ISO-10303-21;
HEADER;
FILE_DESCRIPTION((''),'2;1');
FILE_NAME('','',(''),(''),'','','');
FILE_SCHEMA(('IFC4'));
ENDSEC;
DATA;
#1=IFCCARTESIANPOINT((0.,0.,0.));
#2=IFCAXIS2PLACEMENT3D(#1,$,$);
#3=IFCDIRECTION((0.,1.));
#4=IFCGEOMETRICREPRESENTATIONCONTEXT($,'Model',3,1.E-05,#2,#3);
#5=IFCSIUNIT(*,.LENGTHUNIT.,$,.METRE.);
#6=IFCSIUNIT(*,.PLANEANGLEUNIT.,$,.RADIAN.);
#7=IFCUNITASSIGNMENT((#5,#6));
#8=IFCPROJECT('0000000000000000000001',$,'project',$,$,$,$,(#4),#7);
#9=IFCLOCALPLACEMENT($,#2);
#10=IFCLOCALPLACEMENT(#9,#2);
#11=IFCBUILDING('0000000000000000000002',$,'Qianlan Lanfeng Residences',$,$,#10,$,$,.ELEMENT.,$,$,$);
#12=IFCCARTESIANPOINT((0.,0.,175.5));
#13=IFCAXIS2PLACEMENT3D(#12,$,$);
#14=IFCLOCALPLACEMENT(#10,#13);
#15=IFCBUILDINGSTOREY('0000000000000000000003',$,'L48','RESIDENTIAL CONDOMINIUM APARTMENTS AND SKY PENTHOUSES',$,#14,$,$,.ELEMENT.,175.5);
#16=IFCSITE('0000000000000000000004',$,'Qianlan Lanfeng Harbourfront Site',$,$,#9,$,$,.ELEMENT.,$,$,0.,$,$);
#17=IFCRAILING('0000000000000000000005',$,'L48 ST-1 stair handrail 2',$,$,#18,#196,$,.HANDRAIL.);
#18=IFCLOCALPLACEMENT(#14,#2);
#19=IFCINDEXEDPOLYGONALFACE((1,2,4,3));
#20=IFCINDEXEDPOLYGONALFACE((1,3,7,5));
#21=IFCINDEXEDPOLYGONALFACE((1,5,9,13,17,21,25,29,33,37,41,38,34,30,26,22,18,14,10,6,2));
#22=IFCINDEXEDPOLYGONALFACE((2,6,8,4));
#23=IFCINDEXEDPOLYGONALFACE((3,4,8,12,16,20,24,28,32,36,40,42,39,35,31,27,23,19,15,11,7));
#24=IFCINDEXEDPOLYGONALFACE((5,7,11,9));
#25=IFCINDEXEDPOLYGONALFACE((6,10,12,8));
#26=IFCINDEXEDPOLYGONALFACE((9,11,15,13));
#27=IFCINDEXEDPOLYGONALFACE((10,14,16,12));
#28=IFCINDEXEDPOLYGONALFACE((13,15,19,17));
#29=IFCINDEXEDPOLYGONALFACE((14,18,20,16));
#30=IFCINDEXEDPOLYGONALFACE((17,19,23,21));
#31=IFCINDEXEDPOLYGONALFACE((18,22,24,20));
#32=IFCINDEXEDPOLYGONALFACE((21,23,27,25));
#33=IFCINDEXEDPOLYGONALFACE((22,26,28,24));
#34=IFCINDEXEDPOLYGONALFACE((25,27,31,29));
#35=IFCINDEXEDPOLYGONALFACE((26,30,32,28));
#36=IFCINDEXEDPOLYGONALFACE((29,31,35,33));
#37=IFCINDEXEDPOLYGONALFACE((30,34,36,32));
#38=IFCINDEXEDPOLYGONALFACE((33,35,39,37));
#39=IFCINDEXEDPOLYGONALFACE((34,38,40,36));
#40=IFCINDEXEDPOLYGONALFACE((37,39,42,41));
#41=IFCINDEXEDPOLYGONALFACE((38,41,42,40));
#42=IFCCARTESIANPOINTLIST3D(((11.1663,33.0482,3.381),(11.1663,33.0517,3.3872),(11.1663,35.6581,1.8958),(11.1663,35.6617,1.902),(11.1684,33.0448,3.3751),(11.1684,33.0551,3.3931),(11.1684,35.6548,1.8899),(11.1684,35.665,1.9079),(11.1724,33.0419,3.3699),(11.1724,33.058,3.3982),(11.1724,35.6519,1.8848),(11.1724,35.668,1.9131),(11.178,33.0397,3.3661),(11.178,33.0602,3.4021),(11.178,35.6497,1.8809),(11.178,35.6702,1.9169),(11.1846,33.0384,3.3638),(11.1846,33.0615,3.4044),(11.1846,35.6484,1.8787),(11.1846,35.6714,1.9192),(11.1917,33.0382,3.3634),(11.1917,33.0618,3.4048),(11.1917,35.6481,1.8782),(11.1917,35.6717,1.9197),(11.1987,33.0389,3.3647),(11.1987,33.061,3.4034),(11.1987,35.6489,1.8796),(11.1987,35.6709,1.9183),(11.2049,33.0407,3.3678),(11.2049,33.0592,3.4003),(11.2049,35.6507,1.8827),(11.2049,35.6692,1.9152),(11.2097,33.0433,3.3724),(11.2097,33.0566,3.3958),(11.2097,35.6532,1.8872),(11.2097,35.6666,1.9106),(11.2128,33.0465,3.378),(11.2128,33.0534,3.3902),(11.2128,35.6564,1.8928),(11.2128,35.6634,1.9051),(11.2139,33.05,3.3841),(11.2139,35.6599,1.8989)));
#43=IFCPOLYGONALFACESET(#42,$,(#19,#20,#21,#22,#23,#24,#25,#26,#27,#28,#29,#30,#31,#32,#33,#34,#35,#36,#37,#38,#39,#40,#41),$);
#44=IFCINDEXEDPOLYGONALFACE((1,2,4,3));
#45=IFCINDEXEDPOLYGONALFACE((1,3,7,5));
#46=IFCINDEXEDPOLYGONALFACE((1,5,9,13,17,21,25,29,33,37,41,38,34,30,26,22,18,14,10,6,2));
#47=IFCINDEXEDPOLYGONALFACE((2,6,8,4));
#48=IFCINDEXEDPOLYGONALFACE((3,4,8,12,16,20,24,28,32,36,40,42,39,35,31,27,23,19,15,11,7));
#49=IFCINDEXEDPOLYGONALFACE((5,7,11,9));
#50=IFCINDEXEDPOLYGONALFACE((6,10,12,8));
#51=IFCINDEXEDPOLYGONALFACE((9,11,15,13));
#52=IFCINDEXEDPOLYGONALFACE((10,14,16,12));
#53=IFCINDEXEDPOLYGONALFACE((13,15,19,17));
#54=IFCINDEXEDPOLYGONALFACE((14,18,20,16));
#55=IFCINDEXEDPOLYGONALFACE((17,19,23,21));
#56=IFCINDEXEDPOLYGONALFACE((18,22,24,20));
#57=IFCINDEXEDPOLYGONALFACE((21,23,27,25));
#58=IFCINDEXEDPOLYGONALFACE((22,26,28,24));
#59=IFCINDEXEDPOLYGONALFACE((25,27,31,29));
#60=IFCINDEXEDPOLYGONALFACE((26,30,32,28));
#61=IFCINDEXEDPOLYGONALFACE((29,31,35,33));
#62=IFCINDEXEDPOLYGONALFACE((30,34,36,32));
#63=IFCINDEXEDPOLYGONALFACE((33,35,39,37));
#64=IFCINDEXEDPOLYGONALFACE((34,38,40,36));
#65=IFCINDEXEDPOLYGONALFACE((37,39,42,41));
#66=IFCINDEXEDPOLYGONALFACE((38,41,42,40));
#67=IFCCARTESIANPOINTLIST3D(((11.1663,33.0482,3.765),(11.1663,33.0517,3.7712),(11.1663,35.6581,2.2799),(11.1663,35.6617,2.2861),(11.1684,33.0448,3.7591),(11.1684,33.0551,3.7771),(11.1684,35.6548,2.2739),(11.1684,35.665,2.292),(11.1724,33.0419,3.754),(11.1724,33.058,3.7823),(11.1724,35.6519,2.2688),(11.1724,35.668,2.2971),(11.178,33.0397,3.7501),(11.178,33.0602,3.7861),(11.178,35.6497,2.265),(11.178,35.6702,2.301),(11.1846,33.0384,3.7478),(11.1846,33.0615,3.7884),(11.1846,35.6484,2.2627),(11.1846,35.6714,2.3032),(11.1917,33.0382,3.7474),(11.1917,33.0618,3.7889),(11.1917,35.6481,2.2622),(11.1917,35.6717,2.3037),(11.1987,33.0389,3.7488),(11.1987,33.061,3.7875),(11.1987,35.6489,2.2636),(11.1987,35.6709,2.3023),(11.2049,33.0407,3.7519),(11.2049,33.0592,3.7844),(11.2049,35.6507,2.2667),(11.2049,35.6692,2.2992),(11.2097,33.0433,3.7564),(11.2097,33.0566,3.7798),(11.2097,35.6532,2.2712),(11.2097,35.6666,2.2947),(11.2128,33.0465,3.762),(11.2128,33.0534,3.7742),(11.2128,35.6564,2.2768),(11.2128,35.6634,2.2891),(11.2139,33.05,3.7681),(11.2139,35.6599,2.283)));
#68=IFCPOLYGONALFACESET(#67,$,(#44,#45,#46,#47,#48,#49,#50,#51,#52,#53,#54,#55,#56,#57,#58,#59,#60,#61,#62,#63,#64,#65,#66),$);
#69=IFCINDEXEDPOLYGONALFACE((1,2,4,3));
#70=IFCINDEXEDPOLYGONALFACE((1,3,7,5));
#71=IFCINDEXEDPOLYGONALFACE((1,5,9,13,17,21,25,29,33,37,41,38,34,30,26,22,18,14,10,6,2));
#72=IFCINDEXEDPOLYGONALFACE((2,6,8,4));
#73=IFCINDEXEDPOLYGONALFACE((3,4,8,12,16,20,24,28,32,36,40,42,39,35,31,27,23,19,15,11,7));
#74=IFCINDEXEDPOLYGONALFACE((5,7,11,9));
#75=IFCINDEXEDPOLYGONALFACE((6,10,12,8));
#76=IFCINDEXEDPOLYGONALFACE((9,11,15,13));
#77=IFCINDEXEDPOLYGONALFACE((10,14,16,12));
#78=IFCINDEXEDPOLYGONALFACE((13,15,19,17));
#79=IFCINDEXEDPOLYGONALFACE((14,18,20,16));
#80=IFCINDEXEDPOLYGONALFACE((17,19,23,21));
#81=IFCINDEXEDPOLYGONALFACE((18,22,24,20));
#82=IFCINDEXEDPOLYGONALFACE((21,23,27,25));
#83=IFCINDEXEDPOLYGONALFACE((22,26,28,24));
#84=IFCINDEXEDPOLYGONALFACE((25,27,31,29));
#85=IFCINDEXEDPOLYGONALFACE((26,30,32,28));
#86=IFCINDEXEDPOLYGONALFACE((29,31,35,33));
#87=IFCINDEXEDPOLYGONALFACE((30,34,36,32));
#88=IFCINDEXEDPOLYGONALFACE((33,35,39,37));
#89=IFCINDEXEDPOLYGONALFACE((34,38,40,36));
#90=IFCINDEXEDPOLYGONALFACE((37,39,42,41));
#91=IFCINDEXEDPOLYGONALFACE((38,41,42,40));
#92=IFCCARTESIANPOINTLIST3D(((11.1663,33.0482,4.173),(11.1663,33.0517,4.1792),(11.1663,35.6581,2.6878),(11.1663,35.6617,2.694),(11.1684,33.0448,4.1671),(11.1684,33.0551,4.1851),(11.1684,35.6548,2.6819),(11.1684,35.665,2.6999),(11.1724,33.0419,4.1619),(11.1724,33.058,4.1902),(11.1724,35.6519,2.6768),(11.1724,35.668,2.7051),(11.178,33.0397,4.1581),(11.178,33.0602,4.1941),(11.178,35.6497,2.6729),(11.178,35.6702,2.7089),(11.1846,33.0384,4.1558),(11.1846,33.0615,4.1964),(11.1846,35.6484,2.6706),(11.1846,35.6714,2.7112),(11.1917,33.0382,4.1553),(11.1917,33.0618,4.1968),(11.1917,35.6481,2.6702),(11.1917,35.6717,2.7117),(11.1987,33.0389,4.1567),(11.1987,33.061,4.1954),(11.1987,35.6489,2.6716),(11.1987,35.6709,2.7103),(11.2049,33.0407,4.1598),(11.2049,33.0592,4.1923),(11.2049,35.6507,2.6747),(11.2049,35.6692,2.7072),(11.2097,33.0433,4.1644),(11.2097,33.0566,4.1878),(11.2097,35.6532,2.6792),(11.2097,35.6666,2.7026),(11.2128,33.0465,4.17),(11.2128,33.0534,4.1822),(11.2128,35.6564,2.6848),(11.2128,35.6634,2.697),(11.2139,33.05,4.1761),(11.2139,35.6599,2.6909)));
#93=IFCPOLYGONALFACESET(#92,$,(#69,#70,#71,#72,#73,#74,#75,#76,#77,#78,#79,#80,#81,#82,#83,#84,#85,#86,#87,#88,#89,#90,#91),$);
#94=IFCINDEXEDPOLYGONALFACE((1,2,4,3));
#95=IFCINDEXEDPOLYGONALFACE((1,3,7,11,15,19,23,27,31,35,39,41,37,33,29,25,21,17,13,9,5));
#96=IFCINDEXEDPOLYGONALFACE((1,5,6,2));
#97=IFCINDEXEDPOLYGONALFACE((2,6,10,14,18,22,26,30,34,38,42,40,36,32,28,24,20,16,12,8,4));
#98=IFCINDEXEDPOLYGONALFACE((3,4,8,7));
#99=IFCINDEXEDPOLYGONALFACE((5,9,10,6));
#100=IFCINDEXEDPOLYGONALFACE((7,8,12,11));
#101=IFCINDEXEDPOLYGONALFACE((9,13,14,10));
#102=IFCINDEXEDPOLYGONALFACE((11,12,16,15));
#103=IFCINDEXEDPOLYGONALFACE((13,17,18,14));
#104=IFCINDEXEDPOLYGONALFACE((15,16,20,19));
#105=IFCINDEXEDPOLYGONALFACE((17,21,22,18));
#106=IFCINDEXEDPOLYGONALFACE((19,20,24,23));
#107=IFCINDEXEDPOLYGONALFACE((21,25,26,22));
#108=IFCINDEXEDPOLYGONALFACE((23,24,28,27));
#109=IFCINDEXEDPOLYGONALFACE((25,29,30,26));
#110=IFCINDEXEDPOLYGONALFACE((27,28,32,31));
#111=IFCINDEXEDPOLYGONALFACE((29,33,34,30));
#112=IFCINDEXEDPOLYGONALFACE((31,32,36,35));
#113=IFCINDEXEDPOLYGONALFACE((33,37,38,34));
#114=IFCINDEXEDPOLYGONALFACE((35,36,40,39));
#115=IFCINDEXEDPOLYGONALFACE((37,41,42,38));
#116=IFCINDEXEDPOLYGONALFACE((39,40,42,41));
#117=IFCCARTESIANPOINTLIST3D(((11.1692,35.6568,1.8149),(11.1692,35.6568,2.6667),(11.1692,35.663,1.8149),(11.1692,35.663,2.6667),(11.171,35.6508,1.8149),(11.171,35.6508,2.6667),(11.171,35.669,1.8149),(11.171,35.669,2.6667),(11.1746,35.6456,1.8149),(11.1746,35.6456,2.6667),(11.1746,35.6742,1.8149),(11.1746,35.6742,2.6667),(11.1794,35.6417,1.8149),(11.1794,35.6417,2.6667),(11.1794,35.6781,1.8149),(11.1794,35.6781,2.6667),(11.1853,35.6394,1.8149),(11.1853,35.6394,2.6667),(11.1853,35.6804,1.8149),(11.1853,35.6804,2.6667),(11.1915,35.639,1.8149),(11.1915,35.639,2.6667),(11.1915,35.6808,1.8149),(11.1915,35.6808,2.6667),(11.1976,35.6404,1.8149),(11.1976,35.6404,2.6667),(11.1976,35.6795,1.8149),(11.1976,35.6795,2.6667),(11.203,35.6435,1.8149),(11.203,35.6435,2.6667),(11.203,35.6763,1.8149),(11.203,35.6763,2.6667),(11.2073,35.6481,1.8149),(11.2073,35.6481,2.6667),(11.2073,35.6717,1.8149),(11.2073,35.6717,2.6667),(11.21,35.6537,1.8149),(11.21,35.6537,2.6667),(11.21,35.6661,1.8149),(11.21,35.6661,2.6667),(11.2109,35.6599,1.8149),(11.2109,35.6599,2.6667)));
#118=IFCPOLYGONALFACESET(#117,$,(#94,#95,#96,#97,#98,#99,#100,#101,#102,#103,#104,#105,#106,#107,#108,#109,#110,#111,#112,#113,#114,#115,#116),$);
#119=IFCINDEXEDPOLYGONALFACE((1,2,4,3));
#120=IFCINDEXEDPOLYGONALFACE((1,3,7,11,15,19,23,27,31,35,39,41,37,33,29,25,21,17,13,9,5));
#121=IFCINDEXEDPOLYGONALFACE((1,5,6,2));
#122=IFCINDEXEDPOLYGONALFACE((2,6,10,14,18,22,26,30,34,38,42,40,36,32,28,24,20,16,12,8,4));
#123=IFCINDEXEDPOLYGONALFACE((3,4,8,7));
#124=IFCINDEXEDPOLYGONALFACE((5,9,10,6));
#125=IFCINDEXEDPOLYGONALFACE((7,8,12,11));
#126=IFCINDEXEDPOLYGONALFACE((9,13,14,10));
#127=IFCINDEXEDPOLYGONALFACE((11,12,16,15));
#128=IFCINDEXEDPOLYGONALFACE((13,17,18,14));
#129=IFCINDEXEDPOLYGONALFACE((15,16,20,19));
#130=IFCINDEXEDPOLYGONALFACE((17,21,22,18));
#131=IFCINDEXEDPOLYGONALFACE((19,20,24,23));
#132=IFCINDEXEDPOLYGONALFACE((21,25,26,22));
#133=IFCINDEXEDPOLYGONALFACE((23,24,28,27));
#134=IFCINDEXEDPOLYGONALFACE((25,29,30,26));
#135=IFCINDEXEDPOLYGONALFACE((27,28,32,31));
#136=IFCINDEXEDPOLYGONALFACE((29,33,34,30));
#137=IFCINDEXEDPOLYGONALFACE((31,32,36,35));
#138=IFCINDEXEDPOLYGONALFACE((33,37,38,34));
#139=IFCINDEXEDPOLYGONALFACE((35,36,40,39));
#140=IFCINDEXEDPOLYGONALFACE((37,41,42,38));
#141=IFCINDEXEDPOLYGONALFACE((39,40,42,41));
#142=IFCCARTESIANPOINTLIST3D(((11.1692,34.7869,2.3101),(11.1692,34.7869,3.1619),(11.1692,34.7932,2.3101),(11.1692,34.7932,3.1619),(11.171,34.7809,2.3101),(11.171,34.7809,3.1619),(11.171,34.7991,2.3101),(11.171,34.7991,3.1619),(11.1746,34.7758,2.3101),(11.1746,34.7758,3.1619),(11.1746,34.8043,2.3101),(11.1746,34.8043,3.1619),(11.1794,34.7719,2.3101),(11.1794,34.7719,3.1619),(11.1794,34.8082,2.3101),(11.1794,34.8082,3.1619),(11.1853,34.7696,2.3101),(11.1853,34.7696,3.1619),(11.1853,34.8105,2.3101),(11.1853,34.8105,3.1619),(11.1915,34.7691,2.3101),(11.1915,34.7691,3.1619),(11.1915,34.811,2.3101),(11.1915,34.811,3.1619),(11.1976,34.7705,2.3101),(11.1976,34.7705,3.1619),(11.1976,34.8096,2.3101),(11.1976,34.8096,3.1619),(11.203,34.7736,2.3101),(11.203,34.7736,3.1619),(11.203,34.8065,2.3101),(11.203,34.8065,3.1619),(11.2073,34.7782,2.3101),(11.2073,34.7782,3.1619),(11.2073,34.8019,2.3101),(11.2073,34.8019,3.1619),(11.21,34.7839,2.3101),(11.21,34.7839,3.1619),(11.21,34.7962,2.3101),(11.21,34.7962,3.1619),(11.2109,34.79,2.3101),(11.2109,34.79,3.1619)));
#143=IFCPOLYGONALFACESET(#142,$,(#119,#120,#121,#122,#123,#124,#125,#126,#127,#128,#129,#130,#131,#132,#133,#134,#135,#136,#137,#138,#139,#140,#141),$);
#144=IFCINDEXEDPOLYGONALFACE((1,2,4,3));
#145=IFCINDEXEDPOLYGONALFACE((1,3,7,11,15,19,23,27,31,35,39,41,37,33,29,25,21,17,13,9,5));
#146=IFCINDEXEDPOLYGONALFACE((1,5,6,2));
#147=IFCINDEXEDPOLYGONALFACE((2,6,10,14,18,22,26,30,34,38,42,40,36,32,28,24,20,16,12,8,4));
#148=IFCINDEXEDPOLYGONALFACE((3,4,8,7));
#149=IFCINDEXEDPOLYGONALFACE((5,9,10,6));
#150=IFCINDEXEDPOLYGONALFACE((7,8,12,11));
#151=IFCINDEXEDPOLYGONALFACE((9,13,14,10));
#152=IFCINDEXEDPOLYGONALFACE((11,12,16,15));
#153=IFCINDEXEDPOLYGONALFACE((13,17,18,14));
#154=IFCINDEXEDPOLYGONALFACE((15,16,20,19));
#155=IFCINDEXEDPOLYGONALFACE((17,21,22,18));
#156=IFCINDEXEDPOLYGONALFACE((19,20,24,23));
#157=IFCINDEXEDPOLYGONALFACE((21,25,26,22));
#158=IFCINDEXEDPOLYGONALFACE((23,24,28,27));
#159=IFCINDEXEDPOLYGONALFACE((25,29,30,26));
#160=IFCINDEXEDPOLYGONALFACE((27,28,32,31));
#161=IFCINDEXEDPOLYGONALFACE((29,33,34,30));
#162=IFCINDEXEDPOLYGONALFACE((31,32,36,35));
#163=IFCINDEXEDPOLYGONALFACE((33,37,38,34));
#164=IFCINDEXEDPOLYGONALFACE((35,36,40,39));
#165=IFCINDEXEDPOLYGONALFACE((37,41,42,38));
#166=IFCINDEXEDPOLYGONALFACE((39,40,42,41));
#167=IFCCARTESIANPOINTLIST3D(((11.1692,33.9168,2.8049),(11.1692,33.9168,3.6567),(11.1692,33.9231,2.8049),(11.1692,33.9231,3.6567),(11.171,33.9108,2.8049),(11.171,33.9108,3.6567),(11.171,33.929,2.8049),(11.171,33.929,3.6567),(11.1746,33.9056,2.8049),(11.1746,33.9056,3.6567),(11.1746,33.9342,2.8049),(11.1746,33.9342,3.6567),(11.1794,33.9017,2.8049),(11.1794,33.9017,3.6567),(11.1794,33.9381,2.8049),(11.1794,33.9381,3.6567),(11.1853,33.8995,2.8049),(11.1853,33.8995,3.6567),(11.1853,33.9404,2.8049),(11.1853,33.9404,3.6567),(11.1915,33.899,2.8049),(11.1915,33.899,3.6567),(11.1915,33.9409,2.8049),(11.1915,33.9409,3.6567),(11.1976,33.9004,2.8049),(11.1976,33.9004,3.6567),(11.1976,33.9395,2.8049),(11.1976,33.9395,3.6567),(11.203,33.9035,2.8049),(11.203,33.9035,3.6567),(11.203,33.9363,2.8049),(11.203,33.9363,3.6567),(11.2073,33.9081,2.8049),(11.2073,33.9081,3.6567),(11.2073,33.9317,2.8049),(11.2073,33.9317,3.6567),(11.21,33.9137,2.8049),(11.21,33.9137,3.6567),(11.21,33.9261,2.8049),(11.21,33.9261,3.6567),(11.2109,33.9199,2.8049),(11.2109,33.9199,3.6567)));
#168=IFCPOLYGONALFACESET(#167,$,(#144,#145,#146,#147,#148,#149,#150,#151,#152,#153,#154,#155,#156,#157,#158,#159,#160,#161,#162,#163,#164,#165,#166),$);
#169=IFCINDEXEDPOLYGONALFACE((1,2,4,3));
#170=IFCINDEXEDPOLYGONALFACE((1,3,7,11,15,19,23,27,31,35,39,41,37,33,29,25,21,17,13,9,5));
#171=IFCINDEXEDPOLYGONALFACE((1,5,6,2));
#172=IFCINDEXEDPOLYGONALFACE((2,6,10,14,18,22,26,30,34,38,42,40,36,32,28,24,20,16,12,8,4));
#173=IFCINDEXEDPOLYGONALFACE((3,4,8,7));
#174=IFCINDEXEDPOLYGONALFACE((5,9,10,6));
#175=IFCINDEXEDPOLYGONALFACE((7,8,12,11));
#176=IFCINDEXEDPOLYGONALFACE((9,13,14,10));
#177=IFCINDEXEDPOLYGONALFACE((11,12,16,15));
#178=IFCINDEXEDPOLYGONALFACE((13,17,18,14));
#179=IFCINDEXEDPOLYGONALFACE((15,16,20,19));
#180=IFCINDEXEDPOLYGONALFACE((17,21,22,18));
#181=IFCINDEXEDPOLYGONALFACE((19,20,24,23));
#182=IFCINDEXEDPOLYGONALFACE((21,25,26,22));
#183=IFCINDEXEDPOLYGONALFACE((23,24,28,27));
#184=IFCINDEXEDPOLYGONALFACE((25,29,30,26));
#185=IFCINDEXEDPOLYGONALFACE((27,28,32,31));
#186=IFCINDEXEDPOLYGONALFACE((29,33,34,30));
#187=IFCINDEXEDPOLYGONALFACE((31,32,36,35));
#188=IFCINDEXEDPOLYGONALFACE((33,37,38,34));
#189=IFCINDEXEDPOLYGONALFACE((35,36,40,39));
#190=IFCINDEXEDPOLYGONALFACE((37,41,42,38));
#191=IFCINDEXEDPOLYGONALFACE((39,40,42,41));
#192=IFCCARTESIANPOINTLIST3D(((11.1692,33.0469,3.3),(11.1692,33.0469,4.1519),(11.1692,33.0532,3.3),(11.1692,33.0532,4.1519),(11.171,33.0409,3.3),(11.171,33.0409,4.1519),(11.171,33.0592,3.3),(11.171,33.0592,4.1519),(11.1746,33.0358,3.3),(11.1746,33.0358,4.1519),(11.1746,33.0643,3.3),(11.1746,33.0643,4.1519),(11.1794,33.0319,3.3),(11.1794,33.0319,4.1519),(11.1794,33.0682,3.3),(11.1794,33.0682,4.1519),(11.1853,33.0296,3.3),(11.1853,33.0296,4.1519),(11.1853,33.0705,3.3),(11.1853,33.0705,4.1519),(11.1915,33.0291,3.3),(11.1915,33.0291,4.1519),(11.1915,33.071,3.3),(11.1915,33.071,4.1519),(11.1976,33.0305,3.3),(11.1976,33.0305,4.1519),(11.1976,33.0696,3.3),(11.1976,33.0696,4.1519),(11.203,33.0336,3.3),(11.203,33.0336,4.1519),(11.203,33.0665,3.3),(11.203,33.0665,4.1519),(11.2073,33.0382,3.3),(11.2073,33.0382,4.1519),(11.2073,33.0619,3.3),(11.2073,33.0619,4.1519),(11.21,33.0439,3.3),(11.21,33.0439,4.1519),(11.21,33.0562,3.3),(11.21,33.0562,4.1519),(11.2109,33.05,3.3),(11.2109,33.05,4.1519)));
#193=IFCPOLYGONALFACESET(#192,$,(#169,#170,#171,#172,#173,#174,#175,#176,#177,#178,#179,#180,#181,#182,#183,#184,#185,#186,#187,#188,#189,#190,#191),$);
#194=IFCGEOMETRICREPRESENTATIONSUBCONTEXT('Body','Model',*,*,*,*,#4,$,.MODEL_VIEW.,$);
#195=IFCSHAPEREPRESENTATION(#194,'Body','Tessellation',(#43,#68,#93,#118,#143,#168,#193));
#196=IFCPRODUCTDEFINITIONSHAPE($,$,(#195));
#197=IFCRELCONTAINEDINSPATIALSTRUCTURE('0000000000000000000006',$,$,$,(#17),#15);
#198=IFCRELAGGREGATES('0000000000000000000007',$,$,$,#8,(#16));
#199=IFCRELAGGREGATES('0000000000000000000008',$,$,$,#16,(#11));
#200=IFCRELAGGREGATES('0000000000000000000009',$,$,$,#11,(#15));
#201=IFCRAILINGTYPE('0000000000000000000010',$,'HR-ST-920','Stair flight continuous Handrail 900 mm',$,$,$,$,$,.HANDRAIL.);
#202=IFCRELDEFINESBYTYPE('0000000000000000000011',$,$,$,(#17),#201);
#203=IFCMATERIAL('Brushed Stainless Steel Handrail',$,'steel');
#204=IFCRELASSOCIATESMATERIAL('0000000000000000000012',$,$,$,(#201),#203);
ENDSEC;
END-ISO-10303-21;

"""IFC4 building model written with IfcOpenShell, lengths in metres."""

from ifc_helpers import new_model, si_unit, direction, frame, origin, origin_2d, place, context, subcontext, project, spatial, circle, extrude, material, type_object, element, save


model = new_model("IFC4")

# Units and contexts
model_context = context("Model", 3, precision=1e-05, world=origin(), true_north=direction((0.0, 1.0)))
body_context = subcontext(model_context, "Body", "Model", "MODEL_VIEW")
ifc_project = project(units=[si_unit("LENGTHUNIT", "METRE"), si_unit("PLANEANGLEUNIT", "RADIAN")], contexts=[model_context])

# Site, building, storey
site_placement = place(None, origin())
site = spatial("IfcSite", under=ifc_project, at=site_placement, Name="Qianlan Lanfeng Harbourfront Site", CompositionType="ELEMENT", RefElevation=0.0)
building_placement = place(site_placement, origin())
building = spatial("IfcBuilding", under=site, at=building_placement, Name="Qianlan Lanfeng Residences", CompositionType="ELEMENT")
storey_placement = place(building_placement, frame((0.0, 0.0, 175.5)))
storey = spatial("IfcBuildingStorey", under=building, at=storey_placement, Name="L48", Description="RESIDENTIAL CONDOMINIUM APARTMENTS AND SKY PENTHOUSES", CompositionType="ELEMENT", Elevation=175.5)

# Railing
ifc_material_1 = material(Name="Brushed Stainless Steel Handrail", Category="steel")
railing_type_1 = type_object("IfcRailingType", Name="HR-ST-920", Description="Stair flight continuous Handrail 900 mm", PredefinedType="HANDRAIL", material=ifc_material_1)
railing_1_placement = place(storey_placement, frame((11.1899, 35.6599, 1.8149)))
element("IfcRailing", 1, at=railing_1_placement, inside=storey, type_object=railing_type_1, Name="L48 ST-1 stair handrail 2", PredefinedType="HANDRAIL", context=body_context, shape_type="SweptSolid", body=[
    extrude(circle(Radius=0.0239, at=origin_2d()), frame((0.0, 0.0, 0.084), z_axis=(0.0, -0.869137, 0.494571), x_axis=(1.0, 0.0, 0.0)), (0.0, 0.0, 1.0), 3.0029),
    extrude(circle(Radius=0.0239, at=origin_2d()), frame((0.0, 0.0, 0.468), z_axis=(0.0, -0.869137, 0.494571), x_axis=(1.0, 0.0, 0.0)), (0.0, 0.0, 1.0), 3.0029),
    extrude(circle(Radius=0.0239, at=origin_2d()), frame((0.0, 0.0, 0.876), z_axis=(0.0, -0.869137, 0.494571), x_axis=(1.0, 0.0, 0.0)), (0.0, 0.0, 1.0), 3.0029),
    extrude(circle(Radius=0.021, at=origin_2d()), origin(), (0.0, 0.0, 1.0), 0.8518),
    extrude(circle(Radius=0.021, at=origin_2d()), frame((0.0, -0.8699, 0.4951)), (0.0, 0.0, 1.0), 0.8518),
    extrude(circle(Radius=0.021, at=origin_2d()), frame((0.0, -1.74, 0.99)), (0.0, 0.0, 1.0), 0.8518),
    extrude(circle(Radius=0.021, at=origin_2d()), frame((0.0, -2.6099, 1.4851)), (0.0, 0.0, 1.0), 0.8518),
])

save(model, "model.ifc")
